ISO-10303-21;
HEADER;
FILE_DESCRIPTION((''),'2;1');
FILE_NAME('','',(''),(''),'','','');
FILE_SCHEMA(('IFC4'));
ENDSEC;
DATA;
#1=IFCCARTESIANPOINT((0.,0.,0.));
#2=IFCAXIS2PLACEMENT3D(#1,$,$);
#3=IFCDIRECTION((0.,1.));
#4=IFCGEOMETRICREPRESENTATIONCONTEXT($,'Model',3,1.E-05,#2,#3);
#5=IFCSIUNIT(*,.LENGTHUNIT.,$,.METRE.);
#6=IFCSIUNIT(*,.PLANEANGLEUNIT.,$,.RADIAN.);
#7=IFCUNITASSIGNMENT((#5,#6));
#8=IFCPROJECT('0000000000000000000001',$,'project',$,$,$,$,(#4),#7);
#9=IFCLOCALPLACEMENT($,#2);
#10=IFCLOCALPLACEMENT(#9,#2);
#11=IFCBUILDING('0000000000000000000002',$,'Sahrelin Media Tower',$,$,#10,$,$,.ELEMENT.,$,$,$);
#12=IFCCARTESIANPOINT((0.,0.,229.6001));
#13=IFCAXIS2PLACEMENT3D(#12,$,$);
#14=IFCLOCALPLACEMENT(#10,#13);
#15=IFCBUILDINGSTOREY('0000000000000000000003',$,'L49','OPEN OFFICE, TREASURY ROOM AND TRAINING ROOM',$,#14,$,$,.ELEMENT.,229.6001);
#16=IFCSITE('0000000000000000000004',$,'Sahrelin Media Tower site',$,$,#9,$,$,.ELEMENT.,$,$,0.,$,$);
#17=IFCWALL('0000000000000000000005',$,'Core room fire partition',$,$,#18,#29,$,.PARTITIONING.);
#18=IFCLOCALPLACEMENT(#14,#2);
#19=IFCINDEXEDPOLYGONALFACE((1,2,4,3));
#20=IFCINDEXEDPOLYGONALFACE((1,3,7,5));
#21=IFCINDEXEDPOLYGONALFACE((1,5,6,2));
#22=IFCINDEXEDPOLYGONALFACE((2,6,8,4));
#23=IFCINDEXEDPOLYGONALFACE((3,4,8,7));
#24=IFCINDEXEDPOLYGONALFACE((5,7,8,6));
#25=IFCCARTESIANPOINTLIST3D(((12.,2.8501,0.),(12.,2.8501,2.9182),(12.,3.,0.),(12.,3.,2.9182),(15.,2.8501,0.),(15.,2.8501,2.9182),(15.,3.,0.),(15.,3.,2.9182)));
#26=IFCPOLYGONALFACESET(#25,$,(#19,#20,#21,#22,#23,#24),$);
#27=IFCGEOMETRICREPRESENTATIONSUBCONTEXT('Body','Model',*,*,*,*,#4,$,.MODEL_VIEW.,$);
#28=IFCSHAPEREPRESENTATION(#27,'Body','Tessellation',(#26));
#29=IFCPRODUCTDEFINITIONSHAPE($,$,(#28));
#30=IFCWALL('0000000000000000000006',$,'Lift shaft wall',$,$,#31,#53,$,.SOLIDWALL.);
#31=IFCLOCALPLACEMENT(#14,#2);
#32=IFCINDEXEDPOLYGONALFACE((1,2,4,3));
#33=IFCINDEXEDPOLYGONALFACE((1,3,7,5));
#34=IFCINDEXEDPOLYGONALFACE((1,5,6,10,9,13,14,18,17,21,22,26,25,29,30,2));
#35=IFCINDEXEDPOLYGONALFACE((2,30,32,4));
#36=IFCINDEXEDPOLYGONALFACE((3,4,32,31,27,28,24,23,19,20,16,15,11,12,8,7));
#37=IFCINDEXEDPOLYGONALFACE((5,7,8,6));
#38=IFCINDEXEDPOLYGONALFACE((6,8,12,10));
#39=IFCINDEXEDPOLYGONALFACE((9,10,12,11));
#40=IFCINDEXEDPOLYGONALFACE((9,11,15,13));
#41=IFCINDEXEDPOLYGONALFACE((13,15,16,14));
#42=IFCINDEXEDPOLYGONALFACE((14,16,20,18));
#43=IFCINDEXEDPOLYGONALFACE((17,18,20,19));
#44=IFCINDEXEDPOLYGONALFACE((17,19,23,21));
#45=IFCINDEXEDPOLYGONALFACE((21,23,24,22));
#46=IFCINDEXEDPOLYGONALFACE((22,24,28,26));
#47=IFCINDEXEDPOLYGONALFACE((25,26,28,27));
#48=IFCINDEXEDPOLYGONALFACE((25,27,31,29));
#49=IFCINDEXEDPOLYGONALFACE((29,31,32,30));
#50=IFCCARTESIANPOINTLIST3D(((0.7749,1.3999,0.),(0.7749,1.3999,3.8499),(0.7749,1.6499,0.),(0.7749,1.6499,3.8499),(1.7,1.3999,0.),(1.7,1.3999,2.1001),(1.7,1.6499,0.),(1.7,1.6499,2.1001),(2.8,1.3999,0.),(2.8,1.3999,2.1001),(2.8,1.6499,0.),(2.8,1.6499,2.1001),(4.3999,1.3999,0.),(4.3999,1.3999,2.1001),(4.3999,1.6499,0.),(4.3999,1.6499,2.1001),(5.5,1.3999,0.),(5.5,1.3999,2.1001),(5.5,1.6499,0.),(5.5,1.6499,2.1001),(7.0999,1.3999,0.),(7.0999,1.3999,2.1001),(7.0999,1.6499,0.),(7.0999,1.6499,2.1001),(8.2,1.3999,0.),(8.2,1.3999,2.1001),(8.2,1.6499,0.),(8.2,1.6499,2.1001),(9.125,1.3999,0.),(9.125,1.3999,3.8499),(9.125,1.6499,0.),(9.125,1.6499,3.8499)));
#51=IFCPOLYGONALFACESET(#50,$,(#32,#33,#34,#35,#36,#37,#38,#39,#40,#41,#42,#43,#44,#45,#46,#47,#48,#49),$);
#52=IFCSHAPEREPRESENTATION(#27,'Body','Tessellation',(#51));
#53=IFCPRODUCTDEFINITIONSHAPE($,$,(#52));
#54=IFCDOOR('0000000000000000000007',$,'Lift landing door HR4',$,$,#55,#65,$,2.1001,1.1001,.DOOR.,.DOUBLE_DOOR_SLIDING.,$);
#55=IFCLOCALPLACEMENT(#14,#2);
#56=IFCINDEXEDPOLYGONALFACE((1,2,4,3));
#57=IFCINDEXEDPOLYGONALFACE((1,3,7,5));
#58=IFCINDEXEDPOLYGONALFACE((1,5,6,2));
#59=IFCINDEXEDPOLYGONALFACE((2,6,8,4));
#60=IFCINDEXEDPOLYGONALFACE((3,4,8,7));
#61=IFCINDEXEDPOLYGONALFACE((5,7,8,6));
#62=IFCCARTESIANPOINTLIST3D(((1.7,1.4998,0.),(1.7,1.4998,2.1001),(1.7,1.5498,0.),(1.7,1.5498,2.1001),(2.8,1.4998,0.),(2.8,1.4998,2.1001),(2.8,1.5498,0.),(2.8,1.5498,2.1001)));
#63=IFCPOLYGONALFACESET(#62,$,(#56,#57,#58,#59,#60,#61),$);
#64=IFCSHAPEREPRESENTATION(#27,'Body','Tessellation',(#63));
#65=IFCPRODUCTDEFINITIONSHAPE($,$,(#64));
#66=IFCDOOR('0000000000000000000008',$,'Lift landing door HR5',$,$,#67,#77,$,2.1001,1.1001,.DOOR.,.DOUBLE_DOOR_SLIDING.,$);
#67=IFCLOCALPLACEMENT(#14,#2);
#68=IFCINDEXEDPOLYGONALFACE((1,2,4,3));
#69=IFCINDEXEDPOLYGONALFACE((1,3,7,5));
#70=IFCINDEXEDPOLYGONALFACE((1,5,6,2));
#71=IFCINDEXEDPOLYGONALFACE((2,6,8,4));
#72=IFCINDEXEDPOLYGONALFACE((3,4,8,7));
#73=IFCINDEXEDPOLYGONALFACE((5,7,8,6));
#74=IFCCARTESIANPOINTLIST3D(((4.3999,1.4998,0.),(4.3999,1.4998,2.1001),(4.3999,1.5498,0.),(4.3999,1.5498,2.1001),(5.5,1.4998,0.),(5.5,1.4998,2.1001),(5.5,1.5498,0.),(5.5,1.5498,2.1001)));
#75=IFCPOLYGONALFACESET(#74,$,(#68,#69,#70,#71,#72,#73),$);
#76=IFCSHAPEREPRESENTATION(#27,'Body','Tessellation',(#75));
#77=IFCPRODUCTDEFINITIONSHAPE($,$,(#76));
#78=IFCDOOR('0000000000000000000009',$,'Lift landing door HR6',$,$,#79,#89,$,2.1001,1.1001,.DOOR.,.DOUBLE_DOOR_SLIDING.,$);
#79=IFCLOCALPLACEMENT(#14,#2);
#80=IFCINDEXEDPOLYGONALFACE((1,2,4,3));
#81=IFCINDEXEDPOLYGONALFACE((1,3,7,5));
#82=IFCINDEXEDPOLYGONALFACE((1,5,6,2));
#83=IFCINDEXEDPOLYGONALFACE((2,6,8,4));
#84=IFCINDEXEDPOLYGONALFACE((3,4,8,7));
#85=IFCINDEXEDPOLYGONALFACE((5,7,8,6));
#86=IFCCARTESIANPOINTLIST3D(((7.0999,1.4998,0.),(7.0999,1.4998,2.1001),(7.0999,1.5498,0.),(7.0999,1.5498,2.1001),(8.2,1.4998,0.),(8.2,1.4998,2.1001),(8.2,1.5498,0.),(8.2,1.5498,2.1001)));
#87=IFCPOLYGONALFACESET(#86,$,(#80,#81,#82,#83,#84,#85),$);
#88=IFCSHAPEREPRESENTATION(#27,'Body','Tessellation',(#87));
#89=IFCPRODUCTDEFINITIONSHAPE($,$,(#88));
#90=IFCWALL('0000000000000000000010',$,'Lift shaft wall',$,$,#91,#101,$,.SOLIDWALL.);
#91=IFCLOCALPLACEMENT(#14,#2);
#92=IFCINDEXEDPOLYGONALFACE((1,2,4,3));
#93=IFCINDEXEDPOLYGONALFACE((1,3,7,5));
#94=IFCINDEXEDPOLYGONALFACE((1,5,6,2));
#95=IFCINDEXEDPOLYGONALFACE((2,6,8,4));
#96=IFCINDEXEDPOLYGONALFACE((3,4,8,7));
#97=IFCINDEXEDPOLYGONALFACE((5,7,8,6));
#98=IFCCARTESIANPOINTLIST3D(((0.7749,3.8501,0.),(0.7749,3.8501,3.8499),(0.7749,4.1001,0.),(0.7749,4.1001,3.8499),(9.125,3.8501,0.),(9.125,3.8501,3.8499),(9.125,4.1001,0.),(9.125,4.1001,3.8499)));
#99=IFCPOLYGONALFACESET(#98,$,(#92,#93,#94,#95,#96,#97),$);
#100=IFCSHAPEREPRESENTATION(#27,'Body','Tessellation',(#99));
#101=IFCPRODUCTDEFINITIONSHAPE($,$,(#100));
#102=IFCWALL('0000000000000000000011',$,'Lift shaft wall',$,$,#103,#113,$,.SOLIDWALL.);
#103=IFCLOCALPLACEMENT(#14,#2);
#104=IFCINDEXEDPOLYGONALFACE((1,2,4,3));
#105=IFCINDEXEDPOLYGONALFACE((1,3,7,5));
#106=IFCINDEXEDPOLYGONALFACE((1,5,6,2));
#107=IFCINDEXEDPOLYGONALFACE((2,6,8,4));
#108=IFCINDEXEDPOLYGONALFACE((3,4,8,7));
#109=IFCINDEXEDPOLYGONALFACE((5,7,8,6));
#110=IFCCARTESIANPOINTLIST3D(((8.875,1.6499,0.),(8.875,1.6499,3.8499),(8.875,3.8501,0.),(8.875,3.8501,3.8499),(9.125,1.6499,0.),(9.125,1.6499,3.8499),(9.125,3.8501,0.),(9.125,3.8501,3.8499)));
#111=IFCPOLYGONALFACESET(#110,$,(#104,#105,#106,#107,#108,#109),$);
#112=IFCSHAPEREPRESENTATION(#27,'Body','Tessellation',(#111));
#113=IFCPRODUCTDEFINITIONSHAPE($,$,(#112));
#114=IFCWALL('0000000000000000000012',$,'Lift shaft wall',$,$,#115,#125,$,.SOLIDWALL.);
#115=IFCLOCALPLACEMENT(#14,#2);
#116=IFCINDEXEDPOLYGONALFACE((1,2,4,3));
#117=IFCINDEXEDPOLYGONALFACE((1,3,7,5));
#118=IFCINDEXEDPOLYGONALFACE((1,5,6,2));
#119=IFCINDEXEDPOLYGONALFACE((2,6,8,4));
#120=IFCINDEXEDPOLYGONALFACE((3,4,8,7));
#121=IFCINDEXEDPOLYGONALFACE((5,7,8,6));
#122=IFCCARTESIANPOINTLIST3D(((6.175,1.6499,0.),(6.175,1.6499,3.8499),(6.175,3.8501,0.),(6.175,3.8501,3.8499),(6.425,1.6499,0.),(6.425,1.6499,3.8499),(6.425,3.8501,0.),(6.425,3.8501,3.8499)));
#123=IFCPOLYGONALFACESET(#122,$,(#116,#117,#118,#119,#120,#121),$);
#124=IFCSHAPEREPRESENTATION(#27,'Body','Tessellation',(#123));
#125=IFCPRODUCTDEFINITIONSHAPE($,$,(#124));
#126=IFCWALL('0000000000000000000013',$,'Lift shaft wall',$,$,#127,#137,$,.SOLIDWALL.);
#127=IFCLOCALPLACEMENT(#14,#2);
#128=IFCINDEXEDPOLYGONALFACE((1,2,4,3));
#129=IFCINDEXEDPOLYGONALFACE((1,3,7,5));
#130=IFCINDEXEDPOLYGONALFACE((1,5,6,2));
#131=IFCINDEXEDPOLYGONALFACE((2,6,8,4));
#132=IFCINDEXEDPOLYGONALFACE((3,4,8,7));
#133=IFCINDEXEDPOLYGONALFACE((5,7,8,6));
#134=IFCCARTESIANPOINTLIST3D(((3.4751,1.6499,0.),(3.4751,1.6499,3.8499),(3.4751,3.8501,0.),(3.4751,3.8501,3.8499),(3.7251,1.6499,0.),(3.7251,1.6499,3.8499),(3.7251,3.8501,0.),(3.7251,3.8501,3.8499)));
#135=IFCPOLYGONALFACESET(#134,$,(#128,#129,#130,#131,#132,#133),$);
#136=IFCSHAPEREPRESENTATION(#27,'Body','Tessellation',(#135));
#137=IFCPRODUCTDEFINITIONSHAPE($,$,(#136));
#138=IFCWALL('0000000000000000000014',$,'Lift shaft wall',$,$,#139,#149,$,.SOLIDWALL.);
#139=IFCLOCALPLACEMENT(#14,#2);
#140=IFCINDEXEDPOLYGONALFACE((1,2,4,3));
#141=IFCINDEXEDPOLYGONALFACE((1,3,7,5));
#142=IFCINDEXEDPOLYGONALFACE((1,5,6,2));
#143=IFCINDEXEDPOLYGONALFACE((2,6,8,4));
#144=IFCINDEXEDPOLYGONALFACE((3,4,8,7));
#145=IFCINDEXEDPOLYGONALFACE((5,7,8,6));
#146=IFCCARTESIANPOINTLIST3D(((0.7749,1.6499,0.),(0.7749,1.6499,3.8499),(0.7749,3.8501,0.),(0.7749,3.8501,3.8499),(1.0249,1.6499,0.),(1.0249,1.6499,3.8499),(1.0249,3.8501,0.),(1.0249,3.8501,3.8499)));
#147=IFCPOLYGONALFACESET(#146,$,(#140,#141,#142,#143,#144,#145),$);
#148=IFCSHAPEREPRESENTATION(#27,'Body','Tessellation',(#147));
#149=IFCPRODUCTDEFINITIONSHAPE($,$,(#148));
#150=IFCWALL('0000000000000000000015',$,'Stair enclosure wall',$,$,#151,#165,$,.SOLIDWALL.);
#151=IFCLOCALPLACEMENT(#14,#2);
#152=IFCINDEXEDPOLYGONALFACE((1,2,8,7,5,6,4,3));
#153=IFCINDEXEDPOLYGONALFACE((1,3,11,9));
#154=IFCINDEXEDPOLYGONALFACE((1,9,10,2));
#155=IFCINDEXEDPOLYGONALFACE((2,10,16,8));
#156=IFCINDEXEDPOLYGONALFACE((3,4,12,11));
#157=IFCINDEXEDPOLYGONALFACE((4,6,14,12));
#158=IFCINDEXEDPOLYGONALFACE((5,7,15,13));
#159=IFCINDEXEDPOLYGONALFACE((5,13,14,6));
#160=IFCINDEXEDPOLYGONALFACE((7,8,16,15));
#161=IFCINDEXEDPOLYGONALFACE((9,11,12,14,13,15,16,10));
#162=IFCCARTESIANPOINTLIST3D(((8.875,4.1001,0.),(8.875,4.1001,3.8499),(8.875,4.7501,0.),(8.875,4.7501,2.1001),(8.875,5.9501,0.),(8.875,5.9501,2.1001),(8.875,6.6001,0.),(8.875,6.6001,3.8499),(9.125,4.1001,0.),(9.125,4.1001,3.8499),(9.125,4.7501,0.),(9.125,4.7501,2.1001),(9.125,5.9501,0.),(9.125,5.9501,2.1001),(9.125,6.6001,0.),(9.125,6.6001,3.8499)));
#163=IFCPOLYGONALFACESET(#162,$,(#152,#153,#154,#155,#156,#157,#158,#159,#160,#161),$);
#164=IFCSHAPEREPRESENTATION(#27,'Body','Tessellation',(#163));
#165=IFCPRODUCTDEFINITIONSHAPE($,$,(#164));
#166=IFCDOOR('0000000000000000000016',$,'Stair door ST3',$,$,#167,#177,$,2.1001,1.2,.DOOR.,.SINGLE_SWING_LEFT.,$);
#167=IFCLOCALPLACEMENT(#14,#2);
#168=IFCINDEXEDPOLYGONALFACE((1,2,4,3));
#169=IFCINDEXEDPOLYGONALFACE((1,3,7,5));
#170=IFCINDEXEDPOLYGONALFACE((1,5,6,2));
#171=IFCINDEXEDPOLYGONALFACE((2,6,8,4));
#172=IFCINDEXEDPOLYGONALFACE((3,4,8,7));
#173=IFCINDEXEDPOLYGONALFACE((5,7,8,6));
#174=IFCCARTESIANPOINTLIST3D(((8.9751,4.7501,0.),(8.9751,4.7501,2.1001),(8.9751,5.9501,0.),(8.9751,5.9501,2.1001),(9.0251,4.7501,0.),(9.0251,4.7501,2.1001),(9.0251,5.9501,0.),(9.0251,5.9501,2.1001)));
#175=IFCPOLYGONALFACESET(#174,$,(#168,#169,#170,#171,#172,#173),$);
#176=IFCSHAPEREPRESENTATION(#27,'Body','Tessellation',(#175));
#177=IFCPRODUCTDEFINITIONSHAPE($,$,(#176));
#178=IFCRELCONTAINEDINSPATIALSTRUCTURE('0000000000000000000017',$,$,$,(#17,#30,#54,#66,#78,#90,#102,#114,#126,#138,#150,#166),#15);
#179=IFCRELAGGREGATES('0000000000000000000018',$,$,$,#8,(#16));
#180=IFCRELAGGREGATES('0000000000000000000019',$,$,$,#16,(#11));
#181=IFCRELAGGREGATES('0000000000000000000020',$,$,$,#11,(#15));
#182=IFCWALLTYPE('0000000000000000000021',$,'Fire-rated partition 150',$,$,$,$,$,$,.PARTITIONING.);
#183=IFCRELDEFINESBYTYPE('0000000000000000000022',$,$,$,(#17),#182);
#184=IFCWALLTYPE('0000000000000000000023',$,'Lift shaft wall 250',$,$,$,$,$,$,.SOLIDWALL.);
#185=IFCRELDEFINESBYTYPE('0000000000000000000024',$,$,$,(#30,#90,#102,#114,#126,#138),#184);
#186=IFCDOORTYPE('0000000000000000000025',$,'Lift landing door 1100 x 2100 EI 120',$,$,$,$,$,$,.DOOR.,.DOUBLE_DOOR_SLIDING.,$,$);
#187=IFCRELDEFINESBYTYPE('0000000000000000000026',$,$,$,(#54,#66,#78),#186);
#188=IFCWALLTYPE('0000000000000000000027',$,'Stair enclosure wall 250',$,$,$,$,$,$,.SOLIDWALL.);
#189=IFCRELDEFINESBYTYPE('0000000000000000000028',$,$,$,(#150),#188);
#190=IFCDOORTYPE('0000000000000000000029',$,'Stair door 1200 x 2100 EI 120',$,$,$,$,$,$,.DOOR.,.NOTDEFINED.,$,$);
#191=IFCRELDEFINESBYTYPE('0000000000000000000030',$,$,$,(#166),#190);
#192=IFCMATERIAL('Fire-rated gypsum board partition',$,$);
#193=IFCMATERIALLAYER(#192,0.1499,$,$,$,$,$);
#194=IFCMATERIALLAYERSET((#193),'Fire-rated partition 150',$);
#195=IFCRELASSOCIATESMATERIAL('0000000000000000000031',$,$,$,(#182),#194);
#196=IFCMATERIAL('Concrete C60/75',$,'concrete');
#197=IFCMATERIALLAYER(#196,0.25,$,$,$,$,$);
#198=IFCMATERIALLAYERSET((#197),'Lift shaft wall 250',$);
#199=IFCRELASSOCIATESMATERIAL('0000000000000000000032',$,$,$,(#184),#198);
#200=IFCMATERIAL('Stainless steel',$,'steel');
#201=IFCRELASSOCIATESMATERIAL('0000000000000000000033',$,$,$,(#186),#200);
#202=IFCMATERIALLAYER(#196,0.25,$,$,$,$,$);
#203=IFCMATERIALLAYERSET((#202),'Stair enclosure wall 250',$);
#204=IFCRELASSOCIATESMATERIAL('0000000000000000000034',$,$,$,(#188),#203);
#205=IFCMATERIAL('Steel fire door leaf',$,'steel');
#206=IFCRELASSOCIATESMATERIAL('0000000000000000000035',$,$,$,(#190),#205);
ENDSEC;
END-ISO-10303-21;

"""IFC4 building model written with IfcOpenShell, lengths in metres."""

from ifc_helpers import new_model, si_unit, direction, frame, frame_2d, origin, place, context, subcontext, project, spatial, rectangle, extrude, material, layer, layer_set, type_object, element, fill, save


model = new_model("IFC4")

# Units and contexts
model_context = context("Model", 3, precision=1e-05, world=origin(), true_north=direction((0.0, 1.0)))
body_context = subcontext(model_context, "Body", "Model", "MODEL_VIEW")
ifc_project = project(units=[si_unit("LENGTHUNIT", "METRE"), si_unit("PLANEANGLEUNIT", "RADIAN")], contexts=[model_context])

# Site, building, storey
site_placement = place(None, origin())
site = spatial("IfcSite", under=ifc_project, at=site_placement, Name="Sahrelin Media Tower site", CompositionType="ELEMENT", RefElevation=0.0)
building_placement = place(site_placement, origin())
building = spatial("IfcBuilding", under=site, at=building_placement, Name="Sahrelin Media Tower", CompositionType="ELEMENT")
storey_placement = place(building_placement, frame((0.0, 0.0, 229.6001)))
storey = spatial("IfcBuildingStorey", under=building, at=storey_placement, Name="L49", Description="OPEN OFFICE, TREASURY ROOM AND TRAINING ROOM", CompositionType="ELEMENT", Elevation=229.6001)

# Wall
ifc_material_1 = material(Name="Fire-rated gypsum board partition")
ifc_layer_1 = layer(ifc_material_1, 0.1499)
ifc_layer_set_1 = layer_set([ifc_layer_1], Name="Fire-rated partition 150")
wall_type_1 = type_object("IfcWallType", Name="Fire-rated partition 150", PredefinedType="PARTITIONING", material=ifc_layer_set_1)
wall_1_placement = place(storey_placement, frame((12.0, 2.925, 0.0), z_axis=(0.0, 0.0, 1.0), x_axis=(1.0, 0.0, 0.0)))
element("IfcWall", 1, at=wall_1_placement, inside=storey, type_object=wall_type_1, Name="Core room fire partition", PredefinedType="PARTITIONING", context=body_context, shape_type="SweptSolid", body=[
    extrude(rectangle(XDim=3.0, YDim=0.1499, at=frame_2d((1.5, 0.0))), origin(), (0.0, 0.0, 1.0), 2.9182),
])

# Wall, openings, doors
ifc_material_2 = material(Name="Concrete C60/75", Category="concrete")
ifc_layer_2 = layer(ifc_material_2, 0.25)
ifc_layer_set_2 = layer_set([ifc_layer_2], Name="Lift shaft wall 250")
wall_type_2 = type_object("IfcWallType", Name="Lift shaft wall 250", PredefinedType="SOLIDWALL", material=ifc_layer_set_2)
wall_2_placement = place(storey_placement, frame((0.7749, 1.5249, 0.0), z_axis=(0.0, 0.0, 1.0), x_axis=(1.0, 0.0, 0.0)))
wall_2 = element("IfcWall", 2, at=wall_2_placement, inside=storey, type_object=wall_type_2, Name="Lift shaft wall", PredefinedType="SOLIDWALL", context=body_context, shape_type="SweptSolid", body=[
    extrude(rectangle(XDim=8.3501, YDim=0.25, at=frame_2d((4.175, 0.0))), origin(), (0.0, 0.0, 1.0), 3.8499),
])
opening_1_placement = place(wall_2_placement, frame((0.925, 0.0, 0.0)))
opening_1 = element("IfcOpeningElement", 3, at=opening_1_placement, cuts=wall_2, PredefinedType="OPENING", context=body_context, shape_type="SweptSolid", body=[
    extrude(rectangle(XDim=1.1001, YDim=2.1001, at=frame_2d((0.55, 1.05))), frame((0.0, 0.125, 0.0), z_axis=(0.0, -1.0, 0.0), x_axis=(1.0, 0.0, 0.0)), (0.0, 0.0, 1.0), 0.25),
])
opening_2_placement = place(wall_2_placement, frame((3.625, 0.0, 0.0)))
opening_2 = element("IfcOpeningElement", 4, at=opening_2_placement, cuts=wall_2, PredefinedType="OPENING", context=body_context, shape_type="SweptSolid", body=[
    extrude(rectangle(XDim=1.1001, YDim=2.1001, at=frame_2d((0.55, 1.05))), frame((0.0, 0.125, 0.0), z_axis=(0.0, -1.0, 0.0), x_axis=(1.0, 0.0, 0.0)), (0.0, 0.0, 1.0), 0.25),
])
opening_3_placement = place(wall_2_placement, frame((6.325, 0.0, 0.0)))
opening_3 = element("IfcOpeningElement", 5, at=opening_3_placement, cuts=wall_2, PredefinedType="OPENING", context=body_context, shape_type="SweptSolid", body=[
    extrude(rectangle(XDim=1.1001, YDim=2.1001, at=frame_2d((0.55, 1.05))), frame((0.0, 0.125, 0.0), z_axis=(0.0, -1.0, 0.0), x_axis=(1.0, 0.0, 0.0)), (0.0, 0.0, 1.0), 0.25),
])
ifc_material_3 = material(Name="Stainless steel", Category="steel")
door_type_1 = type_object("IfcDoorType", Name="Lift landing door 1100 x 2100 EI 120", OperationType="DOUBLE_DOOR_SLIDING", PredefinedType="DOOR", material=ifc_material_3)
door_1_placement = place(opening_1_placement, origin())
door_1 = element("IfcDoor", 6, at=door_1_placement, inside=storey, type_object=door_type_1, Name="Lift landing door HR4", OperationType="DOUBLE_DOOR_SLIDING", OverallHeight=2.1001, OverallWidth=1.1001, PredefinedType="DOOR", context=body_context, shape_type="SweptSolid", body=[
    extrude(rectangle(XDim=1.1001, YDim=2.1001, at=frame_2d((0.55, 1.05))), frame((0.0, 0.0249, 0.0), z_axis=(0.0, -1.0, 0.0), x_axis=(1.0, 0.0, 0.0)), (0.0, 0.0, 1.0), 0.05),
])
fill(opening_1, door_1)
door_2_placement = place(opening_2_placement, origin())
door_2 = element("IfcDoor", 7, at=door_2_placement, inside=storey, type_object=door_type_1, Name="Lift landing door HR5", OperationType="DOUBLE_DOOR_SLIDING", OverallHeight=2.1001, OverallWidth=1.1001, PredefinedType="DOOR", context=body_context, shape_type="SweptSolid", body=[
    extrude(rectangle(XDim=1.1001, YDim=2.1001, at=frame_2d((0.55, 1.05))), frame((0.0, 0.0249, 0.0), z_axis=(0.0, -1.0, 0.0), x_axis=(1.0, 0.0, 0.0)), (0.0, 0.0, 1.0), 0.05),
])
fill(opening_2, door_2)
door_3_placement = place(opening_3_placement, origin())
door_3 = element("IfcDoor", 8, at=door_3_placement, inside=storey, type_object=door_type_1, Name="Lift landing door HR6", OperationType="DOUBLE_DOOR_SLIDING", OverallHeight=2.1001, OverallWidth=1.1001, PredefinedType="DOOR", context=body_context, shape_type="SweptSolid", body=[
    extrude(rectangle(XDim=1.1001, YDim=2.1001, at=frame_2d((0.55, 1.05))), frame((0.0, 0.0249, 0.0), z_axis=(0.0, -1.0, 0.0), x_axis=(1.0, 0.0, 0.0)), (0.0, 0.0, 1.0), 0.05),
])
fill(opening_3, door_3)

# Walls
wall_3_placement = place(storey_placement, frame((0.7749, 3.9751, 0.0), z_axis=(0.0, 0.0, 1.0), x_axis=(1.0, 0.0, 0.0)))
element("IfcWall", 9, at=wall_3_placement, inside=storey, type_object=wall_type_2, Name="Lift shaft wall", PredefinedType="SOLIDWALL", context=body_context, shape_type="SweptSolid", body=[
    extrude(rectangle(XDim=8.3501, YDim=0.25, at=frame_2d((4.175, 0.0))), origin(), (0.0, 0.0, 1.0), 3.8499),
])
for number, where, z_axis, x_axis, name in (
    (10, (9.0, 1.6499, 0.0), (0.0, 0.0, 1.0), (0.0, 1.0, 0.0), "Lift shaft wall"),
    (11, (6.3, 1.6499, 0.0), (0.0, 0.0, 1.0), (0.0, 1.0, 0.0), "Lift shaft wall"),
    (12, (3.6001, 1.6499, 0.0), (0.0, 0.0, 1.0), (0.0, 1.0, 0.0), "Lift shaft wall"),
    (13, (0.8999, 1.6499, 0.0), (0.0, 0.0, 1.0), (0.0, 1.0, 0.0), "Lift shaft wall"),
):
    element("IfcWall", number, at=place(storey_placement, frame(where, z_axis=z_axis, x_axis=x_axis)), inside=storey, type_object=wall_type_2, Name=name, PredefinedType="SOLIDWALL", context=body_context, shape_type="SweptSolid", body=[
        extrude(rectangle(XDim=2.2002, YDim=0.25, at=frame_2d((1.1001, 0.0))), origin(), (0.0, 0.0, 1.0), 3.8499),
    ])

# Wall, opening, door
ifc_layer_3 = layer(ifc_material_2, 0.25)
ifc_layer_set_3 = layer_set([ifc_layer_3], Name="Stair enclosure wall 250")
wall_type_3 = type_object("IfcWallType", Name="Stair enclosure wall 250", PredefinedType="SOLIDWALL", material=ifc_layer_set_3)
wall_4_placement = place(storey_placement, frame((9.0, 4.1001, 0.0), z_axis=(0.0, 0.0, 1.0), x_axis=(0.0, 1.0, 0.0)))
wall_4 = element("IfcWall", 14, at=wall_4_placement, inside=storey, type_object=wall_type_3, Name="Stair enclosure wall", PredefinedType="SOLIDWALL", context=body_context, shape_type="SweptSolid", body=[
    extrude(rectangle(XDim=2.5, YDim=0.25, at=frame_2d((1.25, 0.0))), origin(), (0.0, 0.0, 1.0), 3.8499),
])
opening_4_placement = place(wall_4_placement, frame((0.6499, 0.0, 0.0)))
opening_4 = element("IfcOpeningElement", 15, at=opening_4_placement, cuts=wall_4, PredefinedType="OPENING", context=body_context, shape_type="SweptSolid", body=[
    extrude(rectangle(XDim=1.2, YDim=2.1001, at=frame_2d((0.6001, 1.05))), frame((0.0, 0.125, 0.0), z_axis=(0.0, -1.0, 0.0), x_axis=(1.0, 0.0, 0.0)), (0.0, 0.0, 1.0), 0.25),
])
ifc_material_4 = material(Name="Steel fire door leaf", Category="steel")
door_type_2 = type_object("IfcDoorType", Name="Stair door 1200 x 2100 EI 120", OperationType="NOTDEFINED", PredefinedType="DOOR", material=ifc_material_4)
door_4_placement = place(opening_4_placement, origin())
door_4 = element("IfcDoor", 16, at=door_4_placement, inside=storey, type_object=door_type_2, Name="Stair door ST3", OperationType="SINGLE_SWING_LEFT", OverallHeight=2.1001, OverallWidth=1.2, PredefinedType="DOOR", context=body_context, shape_type="SweptSolid", body=[
    extrude(rectangle(XDim=1.2, YDim=2.1001, at=frame_2d((0.6001, 1.05))), frame((0.0, 0.0249, 0.0), z_axis=(0.0, -1.0, 0.0), x_axis=(1.0, 0.0, 0.0)), (0.0, 0.0, 1.0), 0.05),
])
fill(opening_4, door_4)

save(model, "model.ifc")
